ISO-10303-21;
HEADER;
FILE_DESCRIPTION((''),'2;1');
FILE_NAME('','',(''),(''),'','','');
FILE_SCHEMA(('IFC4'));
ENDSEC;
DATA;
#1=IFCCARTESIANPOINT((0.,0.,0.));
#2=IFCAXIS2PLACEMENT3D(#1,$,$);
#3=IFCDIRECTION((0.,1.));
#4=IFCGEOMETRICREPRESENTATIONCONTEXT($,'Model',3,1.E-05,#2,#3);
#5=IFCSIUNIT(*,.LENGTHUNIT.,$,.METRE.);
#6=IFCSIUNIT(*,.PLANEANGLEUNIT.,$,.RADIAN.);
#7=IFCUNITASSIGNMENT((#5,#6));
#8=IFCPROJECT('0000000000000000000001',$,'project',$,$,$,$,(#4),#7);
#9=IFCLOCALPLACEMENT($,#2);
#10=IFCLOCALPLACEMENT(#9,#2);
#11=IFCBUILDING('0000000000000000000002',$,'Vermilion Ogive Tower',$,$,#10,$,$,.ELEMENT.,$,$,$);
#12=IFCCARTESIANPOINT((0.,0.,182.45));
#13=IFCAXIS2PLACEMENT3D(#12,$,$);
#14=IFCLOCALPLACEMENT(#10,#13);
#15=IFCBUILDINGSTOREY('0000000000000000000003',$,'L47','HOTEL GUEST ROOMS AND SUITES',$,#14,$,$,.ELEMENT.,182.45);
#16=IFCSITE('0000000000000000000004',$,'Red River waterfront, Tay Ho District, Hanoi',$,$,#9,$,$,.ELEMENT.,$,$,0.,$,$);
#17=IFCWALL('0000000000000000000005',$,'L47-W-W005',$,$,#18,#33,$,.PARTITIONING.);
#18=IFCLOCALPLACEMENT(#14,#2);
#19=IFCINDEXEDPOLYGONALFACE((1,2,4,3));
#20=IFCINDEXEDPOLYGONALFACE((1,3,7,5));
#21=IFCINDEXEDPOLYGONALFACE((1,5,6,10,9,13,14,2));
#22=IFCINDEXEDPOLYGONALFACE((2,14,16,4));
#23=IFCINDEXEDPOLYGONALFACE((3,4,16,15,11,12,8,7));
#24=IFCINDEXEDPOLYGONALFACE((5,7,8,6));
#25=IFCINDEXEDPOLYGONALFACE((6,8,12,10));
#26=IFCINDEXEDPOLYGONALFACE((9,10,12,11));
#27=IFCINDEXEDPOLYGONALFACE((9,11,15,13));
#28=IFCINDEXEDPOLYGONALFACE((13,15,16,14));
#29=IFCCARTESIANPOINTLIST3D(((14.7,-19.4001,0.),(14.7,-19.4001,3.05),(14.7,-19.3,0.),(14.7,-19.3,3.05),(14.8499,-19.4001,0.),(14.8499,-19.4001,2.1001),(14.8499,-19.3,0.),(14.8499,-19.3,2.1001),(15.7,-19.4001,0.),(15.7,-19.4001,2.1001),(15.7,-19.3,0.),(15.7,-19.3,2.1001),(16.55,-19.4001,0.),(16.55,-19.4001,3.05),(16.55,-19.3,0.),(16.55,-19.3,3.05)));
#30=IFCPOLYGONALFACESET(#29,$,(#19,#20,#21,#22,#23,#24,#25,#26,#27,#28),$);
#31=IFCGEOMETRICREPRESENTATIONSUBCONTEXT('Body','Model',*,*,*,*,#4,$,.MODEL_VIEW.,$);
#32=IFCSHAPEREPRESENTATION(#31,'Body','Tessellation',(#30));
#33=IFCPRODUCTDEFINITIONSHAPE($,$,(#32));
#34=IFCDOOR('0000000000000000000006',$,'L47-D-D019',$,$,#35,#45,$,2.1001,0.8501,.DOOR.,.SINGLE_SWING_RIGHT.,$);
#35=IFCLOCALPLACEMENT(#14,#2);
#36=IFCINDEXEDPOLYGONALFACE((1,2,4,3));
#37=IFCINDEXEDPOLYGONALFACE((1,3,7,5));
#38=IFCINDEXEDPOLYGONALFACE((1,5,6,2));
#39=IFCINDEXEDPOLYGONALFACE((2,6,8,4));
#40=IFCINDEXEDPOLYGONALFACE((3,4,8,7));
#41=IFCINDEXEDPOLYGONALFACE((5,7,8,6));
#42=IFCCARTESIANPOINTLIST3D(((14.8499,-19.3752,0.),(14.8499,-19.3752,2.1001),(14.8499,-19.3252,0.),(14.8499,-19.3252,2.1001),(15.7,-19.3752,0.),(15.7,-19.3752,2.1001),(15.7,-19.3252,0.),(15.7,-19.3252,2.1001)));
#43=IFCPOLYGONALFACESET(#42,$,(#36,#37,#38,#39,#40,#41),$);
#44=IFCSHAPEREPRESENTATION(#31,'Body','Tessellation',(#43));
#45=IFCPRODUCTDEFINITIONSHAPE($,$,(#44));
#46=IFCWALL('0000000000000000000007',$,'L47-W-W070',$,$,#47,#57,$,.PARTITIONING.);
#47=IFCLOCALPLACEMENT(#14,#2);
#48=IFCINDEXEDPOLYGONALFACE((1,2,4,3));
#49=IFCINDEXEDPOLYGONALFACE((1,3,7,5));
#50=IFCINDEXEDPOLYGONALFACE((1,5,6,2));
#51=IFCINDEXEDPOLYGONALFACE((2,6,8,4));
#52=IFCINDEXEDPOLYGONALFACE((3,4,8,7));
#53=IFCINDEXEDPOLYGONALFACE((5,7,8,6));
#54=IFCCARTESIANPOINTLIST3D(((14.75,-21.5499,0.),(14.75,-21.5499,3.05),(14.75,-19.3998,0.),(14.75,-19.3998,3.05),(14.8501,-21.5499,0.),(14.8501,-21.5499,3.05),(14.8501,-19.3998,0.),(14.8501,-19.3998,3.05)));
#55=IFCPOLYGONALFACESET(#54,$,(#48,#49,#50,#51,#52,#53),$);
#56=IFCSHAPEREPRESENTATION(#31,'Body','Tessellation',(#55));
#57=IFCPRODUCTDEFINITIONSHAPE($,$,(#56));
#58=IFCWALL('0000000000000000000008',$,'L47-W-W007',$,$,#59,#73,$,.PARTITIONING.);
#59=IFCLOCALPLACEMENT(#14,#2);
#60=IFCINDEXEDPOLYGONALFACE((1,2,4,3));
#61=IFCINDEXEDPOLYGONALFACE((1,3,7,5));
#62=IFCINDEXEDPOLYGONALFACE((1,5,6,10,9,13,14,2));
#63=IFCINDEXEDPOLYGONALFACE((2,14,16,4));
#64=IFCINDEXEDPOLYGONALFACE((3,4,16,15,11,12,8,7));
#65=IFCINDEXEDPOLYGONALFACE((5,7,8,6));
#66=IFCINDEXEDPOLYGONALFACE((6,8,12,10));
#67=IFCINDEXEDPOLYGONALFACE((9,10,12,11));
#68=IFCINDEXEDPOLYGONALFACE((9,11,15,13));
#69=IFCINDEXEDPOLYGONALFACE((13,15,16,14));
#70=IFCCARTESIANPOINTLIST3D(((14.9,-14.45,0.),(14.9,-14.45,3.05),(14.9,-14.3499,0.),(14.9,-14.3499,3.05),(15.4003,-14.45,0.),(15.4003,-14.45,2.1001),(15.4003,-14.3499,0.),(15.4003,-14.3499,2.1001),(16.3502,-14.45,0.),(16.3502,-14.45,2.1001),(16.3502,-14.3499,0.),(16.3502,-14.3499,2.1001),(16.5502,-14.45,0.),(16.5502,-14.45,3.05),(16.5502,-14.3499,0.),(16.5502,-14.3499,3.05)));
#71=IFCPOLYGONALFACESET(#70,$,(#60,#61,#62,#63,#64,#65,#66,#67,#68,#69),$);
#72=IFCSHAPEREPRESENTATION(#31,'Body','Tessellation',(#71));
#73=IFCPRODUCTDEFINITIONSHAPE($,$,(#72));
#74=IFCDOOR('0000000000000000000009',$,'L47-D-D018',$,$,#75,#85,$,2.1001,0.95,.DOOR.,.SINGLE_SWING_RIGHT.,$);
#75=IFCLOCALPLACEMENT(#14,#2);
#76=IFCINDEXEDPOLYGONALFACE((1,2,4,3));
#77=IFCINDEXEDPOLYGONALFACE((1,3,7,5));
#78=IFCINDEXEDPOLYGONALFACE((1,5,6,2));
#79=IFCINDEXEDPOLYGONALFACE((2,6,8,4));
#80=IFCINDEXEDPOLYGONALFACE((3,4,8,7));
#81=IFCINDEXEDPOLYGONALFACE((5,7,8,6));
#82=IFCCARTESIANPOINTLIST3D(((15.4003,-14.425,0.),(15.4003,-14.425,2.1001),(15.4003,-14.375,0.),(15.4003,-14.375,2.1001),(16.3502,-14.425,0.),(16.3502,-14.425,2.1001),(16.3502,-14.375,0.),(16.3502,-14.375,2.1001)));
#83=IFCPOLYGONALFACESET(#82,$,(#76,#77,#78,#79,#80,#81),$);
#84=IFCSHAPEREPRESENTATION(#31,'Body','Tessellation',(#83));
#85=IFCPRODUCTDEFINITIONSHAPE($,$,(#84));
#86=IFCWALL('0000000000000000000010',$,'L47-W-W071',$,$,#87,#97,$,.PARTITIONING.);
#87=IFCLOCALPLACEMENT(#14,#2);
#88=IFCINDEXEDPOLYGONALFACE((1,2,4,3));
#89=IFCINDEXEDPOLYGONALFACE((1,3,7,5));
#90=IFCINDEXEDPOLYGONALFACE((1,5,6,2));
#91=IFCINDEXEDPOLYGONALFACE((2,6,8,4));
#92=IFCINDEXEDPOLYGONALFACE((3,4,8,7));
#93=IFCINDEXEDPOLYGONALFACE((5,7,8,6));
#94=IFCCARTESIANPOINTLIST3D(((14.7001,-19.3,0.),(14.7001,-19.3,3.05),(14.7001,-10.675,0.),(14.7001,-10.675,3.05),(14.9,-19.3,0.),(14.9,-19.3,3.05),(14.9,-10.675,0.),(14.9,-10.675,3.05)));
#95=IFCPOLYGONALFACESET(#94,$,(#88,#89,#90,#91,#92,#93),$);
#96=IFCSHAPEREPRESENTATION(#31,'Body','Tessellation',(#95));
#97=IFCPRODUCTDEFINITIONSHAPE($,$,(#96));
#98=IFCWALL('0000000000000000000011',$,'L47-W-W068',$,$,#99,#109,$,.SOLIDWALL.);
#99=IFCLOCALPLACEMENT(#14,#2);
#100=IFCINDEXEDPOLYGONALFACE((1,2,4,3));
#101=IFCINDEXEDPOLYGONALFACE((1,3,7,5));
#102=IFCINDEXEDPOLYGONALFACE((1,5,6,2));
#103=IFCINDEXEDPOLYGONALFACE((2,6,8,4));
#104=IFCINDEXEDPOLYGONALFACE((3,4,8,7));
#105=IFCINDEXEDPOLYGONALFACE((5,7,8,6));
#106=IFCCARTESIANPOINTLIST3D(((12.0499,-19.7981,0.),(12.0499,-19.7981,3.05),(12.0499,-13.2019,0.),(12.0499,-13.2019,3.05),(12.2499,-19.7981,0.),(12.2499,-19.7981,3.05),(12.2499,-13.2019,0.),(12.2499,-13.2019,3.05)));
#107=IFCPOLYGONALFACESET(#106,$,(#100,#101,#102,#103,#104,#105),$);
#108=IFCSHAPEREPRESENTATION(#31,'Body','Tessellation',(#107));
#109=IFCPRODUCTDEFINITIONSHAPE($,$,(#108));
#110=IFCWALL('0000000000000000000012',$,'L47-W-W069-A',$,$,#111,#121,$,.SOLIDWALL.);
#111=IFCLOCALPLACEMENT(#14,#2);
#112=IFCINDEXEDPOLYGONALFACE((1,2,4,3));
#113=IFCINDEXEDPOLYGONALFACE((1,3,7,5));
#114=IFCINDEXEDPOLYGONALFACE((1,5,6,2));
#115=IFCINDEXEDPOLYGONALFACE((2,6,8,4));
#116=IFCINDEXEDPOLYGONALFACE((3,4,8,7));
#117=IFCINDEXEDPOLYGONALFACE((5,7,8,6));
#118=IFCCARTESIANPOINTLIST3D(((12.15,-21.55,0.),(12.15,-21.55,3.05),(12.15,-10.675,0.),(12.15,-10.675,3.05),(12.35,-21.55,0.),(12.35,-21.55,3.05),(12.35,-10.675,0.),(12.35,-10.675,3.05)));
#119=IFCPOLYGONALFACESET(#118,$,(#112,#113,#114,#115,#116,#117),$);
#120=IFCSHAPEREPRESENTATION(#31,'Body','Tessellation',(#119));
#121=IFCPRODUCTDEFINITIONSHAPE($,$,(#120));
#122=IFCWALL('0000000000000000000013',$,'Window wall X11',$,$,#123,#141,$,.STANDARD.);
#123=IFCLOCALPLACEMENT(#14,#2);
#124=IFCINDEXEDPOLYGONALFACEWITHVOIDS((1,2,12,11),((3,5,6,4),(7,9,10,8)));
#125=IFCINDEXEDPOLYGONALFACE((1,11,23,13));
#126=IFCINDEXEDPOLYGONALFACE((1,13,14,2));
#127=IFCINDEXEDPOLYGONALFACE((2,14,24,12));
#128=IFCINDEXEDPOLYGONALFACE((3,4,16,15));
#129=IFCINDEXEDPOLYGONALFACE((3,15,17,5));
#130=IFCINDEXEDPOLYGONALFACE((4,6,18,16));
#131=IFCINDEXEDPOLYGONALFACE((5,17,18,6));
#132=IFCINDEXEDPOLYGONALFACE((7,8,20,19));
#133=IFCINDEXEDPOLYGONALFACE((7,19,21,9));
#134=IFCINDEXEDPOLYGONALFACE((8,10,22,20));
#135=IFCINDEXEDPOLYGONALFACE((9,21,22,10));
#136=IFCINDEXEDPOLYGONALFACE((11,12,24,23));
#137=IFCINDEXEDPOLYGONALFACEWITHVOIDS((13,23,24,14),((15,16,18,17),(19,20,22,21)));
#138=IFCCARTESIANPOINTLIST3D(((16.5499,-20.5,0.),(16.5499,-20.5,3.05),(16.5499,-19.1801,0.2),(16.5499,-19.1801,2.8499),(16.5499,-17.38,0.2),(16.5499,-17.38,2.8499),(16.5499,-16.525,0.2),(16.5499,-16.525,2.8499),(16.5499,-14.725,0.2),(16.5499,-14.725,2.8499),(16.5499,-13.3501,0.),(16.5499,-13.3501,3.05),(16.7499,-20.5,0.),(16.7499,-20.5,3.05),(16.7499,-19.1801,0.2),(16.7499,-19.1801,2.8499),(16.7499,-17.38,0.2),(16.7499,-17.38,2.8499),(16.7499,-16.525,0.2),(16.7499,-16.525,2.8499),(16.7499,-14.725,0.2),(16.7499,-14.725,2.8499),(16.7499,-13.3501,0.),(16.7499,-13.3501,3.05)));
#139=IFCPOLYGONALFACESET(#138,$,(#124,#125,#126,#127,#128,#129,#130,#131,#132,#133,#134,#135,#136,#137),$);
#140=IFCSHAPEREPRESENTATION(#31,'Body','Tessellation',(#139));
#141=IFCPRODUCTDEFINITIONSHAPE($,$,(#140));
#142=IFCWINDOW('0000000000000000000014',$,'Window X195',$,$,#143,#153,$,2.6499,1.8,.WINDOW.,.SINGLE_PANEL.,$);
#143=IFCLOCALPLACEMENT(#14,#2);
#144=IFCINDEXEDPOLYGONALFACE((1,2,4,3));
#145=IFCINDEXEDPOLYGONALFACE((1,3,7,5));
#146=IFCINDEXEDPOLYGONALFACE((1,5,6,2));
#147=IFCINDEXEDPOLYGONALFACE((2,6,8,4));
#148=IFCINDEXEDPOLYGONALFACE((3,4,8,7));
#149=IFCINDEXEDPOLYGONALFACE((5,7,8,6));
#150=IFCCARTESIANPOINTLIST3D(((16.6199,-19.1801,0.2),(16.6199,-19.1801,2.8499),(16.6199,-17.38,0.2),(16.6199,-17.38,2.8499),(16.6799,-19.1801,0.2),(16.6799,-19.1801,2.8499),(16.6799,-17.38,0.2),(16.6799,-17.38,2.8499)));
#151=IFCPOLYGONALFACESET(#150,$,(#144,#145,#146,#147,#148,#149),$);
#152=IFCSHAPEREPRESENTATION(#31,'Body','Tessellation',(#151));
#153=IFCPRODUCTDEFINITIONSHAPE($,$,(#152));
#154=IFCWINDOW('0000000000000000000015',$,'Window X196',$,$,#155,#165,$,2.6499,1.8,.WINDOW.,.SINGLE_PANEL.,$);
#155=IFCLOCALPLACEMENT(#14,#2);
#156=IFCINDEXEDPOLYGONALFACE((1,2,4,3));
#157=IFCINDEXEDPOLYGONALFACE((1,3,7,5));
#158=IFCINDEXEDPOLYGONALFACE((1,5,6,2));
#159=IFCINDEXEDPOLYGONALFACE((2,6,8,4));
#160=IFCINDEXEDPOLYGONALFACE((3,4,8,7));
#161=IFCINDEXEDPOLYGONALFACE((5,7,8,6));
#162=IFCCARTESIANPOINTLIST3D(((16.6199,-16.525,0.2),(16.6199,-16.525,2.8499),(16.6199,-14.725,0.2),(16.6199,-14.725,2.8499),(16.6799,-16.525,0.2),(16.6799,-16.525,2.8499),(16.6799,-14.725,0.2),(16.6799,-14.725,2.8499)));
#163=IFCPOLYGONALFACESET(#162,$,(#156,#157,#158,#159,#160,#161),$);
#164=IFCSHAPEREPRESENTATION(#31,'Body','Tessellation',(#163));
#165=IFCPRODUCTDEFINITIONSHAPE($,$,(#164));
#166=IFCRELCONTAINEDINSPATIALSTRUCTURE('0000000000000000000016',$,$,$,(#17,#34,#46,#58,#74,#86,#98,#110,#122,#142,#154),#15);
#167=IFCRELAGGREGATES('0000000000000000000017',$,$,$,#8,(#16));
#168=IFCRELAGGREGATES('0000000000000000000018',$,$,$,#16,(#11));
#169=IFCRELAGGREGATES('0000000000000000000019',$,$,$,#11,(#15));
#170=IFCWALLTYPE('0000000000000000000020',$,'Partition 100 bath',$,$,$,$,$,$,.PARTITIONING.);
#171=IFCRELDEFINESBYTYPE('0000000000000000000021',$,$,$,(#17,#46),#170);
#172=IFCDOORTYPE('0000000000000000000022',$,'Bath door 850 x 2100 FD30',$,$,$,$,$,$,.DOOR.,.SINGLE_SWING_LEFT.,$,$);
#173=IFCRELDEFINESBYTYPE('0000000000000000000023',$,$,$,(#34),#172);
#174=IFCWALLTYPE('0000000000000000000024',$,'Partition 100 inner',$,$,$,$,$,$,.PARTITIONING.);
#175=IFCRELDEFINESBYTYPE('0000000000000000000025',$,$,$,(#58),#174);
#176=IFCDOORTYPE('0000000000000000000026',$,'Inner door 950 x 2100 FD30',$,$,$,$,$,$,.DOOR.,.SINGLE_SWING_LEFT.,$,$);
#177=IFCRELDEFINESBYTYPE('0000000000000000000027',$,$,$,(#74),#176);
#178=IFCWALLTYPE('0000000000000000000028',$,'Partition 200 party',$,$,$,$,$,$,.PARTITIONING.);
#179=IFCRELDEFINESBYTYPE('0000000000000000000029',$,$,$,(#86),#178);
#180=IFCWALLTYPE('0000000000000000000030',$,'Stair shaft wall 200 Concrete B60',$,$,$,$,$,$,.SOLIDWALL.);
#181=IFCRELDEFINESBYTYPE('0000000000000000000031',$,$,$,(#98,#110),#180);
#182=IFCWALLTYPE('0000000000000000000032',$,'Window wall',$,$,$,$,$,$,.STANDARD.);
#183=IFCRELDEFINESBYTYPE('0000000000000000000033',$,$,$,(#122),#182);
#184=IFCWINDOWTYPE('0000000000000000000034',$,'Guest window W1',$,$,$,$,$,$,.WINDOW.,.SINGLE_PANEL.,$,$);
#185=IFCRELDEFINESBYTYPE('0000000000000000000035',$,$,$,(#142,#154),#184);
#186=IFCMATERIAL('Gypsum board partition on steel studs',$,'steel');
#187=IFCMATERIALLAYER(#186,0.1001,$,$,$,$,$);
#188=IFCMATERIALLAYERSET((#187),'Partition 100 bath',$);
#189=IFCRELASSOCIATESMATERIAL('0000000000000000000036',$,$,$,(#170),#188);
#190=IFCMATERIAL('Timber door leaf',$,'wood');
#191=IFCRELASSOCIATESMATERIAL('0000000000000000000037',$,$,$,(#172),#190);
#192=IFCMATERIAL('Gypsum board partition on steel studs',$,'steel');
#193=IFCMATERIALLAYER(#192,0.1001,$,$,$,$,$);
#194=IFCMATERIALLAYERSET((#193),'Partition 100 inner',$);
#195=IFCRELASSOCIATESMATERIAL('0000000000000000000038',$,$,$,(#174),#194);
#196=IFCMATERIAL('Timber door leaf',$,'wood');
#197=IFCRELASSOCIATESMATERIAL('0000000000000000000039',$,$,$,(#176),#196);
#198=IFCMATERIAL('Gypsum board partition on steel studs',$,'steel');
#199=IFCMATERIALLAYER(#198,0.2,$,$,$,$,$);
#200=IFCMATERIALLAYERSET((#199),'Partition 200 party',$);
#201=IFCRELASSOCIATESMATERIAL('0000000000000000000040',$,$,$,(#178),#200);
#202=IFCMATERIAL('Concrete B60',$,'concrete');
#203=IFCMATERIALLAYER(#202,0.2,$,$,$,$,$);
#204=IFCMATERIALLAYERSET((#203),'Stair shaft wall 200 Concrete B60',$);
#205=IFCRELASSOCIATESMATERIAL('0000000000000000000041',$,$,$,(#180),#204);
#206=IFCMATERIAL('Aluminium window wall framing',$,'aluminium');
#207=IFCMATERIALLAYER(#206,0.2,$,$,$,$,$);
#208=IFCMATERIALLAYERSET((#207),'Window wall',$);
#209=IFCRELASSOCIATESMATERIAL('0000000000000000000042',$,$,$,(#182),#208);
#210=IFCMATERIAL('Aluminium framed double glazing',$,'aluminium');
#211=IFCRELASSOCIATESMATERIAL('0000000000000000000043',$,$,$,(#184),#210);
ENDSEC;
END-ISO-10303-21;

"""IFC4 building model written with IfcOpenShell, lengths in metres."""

from ifc_helpers import new_model, si_unit, direction, frame, frame_2d, origin, place, context, subcontext, project, spatial, rectangle, extrude, material, layer, layer_set, type_object, element, fill, save


model = new_model("IFC4")

# Units and contexts
model_context = context("Model", 3, precision=1e-05, world=origin(), true_north=direction((0.0, 1.0)))
body_context = subcontext(model_context, "Body", "Model", "MODEL_VIEW")
ifc_project = project(units=[si_unit("LENGTHUNIT", "METRE"), si_unit("PLANEANGLEUNIT", "RADIAN")], contexts=[model_context])

# Site, building, storey
site_placement = place(None, origin())
site = spatial("IfcSite", under=ifc_project, at=site_placement, Name="Red River waterfront, Tay Ho District, Hanoi", CompositionType="ELEMENT", RefElevation=0.0)
building_placement = place(site_placement, origin())
building = spatial("IfcBuilding", under=site, at=building_placement, Name="Vermilion Ogive Tower", CompositionType="ELEMENT")
storey_placement = place(building_placement, frame((0.0, 0.0, 182.45)))
storey = spatial("IfcBuildingStorey", under=building, at=storey_placement, Name="L47", Description="HOTEL GUEST ROOMS AND SUITES", CompositionType="ELEMENT", Elevation=182.45)

# Wall, opening, door
ifc_material_1 = material(Name="Gypsum board partition on steel studs", Category="steel")
ifc_layer_1 = layer(ifc_material_1, 0.1001)
ifc_layer_set_1 = layer_set([ifc_layer_1], Name="Partition 100 bath")
wall_type_1 = type_object("IfcWallType", Name="Partition 100 bath", PredefinedType="PARTITIONING", material=ifc_layer_set_1)
wall_1_placement = place(storey_placement, frame((14.7, -19.3501, 0.0), z_axis=(0.0, 0.0, 1.0), x_axis=(1.0, 0.0, 0.0)))
wall_1 = element("IfcWall", 1, at=wall_1_placement, inside=storey, type_object=wall_type_1, Name="L47-W-W005", PredefinedType="PARTITIONING", context=body_context, shape_type="SweptSolid", body=[
    extrude(rectangle(XDim=1.8501, YDim=0.1001, at=frame_2d((0.925, 0.0))), origin(), (0.0, 0.0, 1.0), 3.05),
])
opening_1_placement = place(wall_1_placement, frame((0.1499, 0.0, 0.0)))
opening_1 = element("IfcOpeningElement", 2, at=opening_1_placement, cuts=wall_1, PredefinedType="OPENING", context=body_context, shape_type="SweptSolid", body=[
    extrude(rectangle(XDim=0.8501, YDim=2.1001, at=frame_2d((0.425, 1.05))), frame((0.0, 0.0601, 0.0), z_axis=(0.0, -1.0, 0.0), x_axis=(1.0, 0.0, 0.0)), (0.0, 0.0, 1.0), 0.1201),
])
ifc_material_2 = material(Name="Timber door leaf", Category="wood")
door_type_1 = type_object("IfcDoorType", Name="Bath door 850 x 2100 FD30", OperationType="SINGLE_SWING_LEFT", PredefinedType="DOOR", material=ifc_material_2)
door_1_placement = place(opening_1_placement, origin())
door_1 = element("IfcDoor", 3, at=door_1_placement, inside=storey, type_object=door_type_1, Name="L47-D-D019", OperationType="SINGLE_SWING_RIGHT", OverallHeight=2.1001, OverallWidth=0.8501, PredefinedType="DOOR", context=body_context, shape_type="SweptSolid", body=[
    extrude(rectangle(XDim=0.8501, YDim=2.1001, at=frame_2d((0.425, 1.05))), frame((0.0, 0.0249, 0.0), z_axis=(0.0, -1.0, 0.0), x_axis=(1.0, 0.0, 0.0)), (0.0, 0.0, 1.0), 0.05),
])
fill(opening_1, door_1)

# Wall
wall_2_placement = place(storey_placement, frame((14.8, -21.55, 0.0), z_axis=(0.0, 0.0, 1.0), x_axis=(0.0, 1.0, 0.0)))
element("IfcWall", 4, at=wall_2_placement, inside=storey, type_object=wall_type_1, Name="L47-W-W070", PredefinedType="PARTITIONING", context=body_context, shape_type="SweptSolid", body=[
    extrude(rectangle(XDim=2.1501, YDim=0.1001, at=frame_2d((1.0752, 0.0))), origin(), (0.0, 0.0, 1.0), 3.05),
])

# Wall, opening, door
ifc_material_3 = material(Name="Gypsum board partition on steel studs", Category="steel")
ifc_layer_2 = layer(ifc_material_3, 0.1001)
ifc_layer_set_2 = layer_set([ifc_layer_2], Name="Partition 100 inner")
wall_type_2 = type_object("IfcWallType", Name="Partition 100 inner", PredefinedType="PARTITIONING", material=ifc_layer_set_2)
wall_3_placement = place(storey_placement, frame((14.8999, -14.3999, 0.0), z_axis=(0.0, 0.0, 1.0), x_axis=(1.0, 0.0, 0.0)))
wall_3 = element("IfcWall", 5, at=wall_3_placement, inside=storey, type_object=wall_type_2, Name="L47-W-W007", PredefinedType="PARTITIONING", context=body_context, shape_type="SweptSolid", body=[
    extrude(rectangle(XDim=1.6501, YDim=0.1001, at=frame_2d((0.8252, 0.0))), origin(), (0.0, 0.0, 1.0), 3.05),
])
opening_2_placement = place(wall_3_placement, frame((0.5002, 0.0, 0.0)))
opening_2 = element("IfcOpeningElement", 6, at=opening_2_placement, cuts=wall_3, PredefinedType="OPENING", context=body_context, shape_type="SweptSolid", body=[
    extrude(rectangle(XDim=0.95, YDim=2.1001, at=frame_2d((0.4751, 1.05))), frame((0.0, 0.0601, 0.0), z_axis=(0.0, -1.0, 0.0), x_axis=(1.0, 0.0, 0.0)), (0.0, 0.0, 1.0), 0.1201),
])
ifc_material_4 = material(Name="Timber door leaf", Category="wood")
door_type_2 = type_object("IfcDoorType", Name="Inner door 950 x 2100 FD30", OperationType="SINGLE_SWING_LEFT", PredefinedType="DOOR", material=ifc_material_4)
door_2_placement = place(opening_2_placement, origin())
door_2 = element("IfcDoor", 7, at=door_2_placement, inside=storey, type_object=door_type_2, Name="L47-D-D018", OperationType="SINGLE_SWING_RIGHT", OverallHeight=2.1001, OverallWidth=0.95, PredefinedType="DOOR", context=body_context, shape_type="SweptSolid", body=[
    extrude(rectangle(XDim=0.95, YDim=2.1001, at=frame_2d((0.4751, 1.05))), frame((0.0, 0.0249, 0.0), z_axis=(0.0, -1.0, 0.0), x_axis=(1.0, 0.0, 0.0)), (0.0, 0.0, 1.0), 0.05),
])
fill(opening_2, door_2)

# Walls
ifc_material_5 = material(Name="Gypsum board partition on steel studs", Category="steel")
ifc_layer_3 = layer(ifc_material_5, 0.2)
ifc_layer_set_3 = layer_set([ifc_layer_3], Name="Partition 200 party")
wall_type_3 = type_object("IfcWallType", Name="Partition 200 party", PredefinedType="PARTITIONING", material=ifc_layer_set_3)
wall_4_placement = place(storey_placement, frame((14.8, -19.3, 0.0), z_axis=(0.0, 0.0, 1.0), x_axis=(0.0, 1.0, 0.0)))
element("IfcWall", 8, at=wall_4_placement, inside=storey, type_object=wall_type_3, Name="L47-W-W071", PredefinedType="PARTITIONING", context=body_context, shape_type="SweptSolid", body=[
    extrude(rectangle(XDim=8.625, YDim=0.2, at=frame_2d((4.3125, 0.0))), origin(), (0.0, 0.0, 1.0), 3.05),
])
ifc_material_6 = material(Name="Concrete B60", Category="concrete")
ifc_layer_4 = layer(ifc_material_6, 0.2)
ifc_layer_set_4 = layer_set([ifc_layer_4], Name="Stair shaft wall 200 Concrete B60")
wall_type_4 = type_object("IfcWallType", Name="Stair shaft wall 200 Concrete B60", PredefinedType="SOLIDWALL", material=ifc_layer_set_4)
wall_5_placement = place(storey_placement, frame((12.1499, -19.7981, 0.0), z_axis=(0.0, 0.0, 1.0), x_axis=(0.0, 1.0, 0.0)))
element("IfcWall", 9, at=wall_5_placement, inside=storey, type_object=wall_type_4, Name="L47-W-W068", PredefinedType="SOLIDWALL", context=body_context, shape_type="SweptSolid", body=[
    extrude(rectangle(XDim=6.5962, YDim=0.2, at=frame_2d((3.2981, 0.0))), origin(), (0.0, 0.0, 1.0), 3.05),
])
wall_6_placement = place(storey_placement, frame((12.25, -21.55, 0.0), z_axis=(0.0, 0.0, 1.0), x_axis=(0.0, 1.0, 0.0)))
element("IfcWall", 10, at=wall_6_placement, inside=storey, type_object=wall_type_4, Name="L47-W-W069-A", PredefinedType="SOLIDWALL", context=body_context, shape_type="SweptSolid", body=[
    extrude(rectangle(XDim=10.875, YDim=0.2, at=frame_2d((5.4375, 0.0))), origin(), (0.0, 0.0, 1.0), 3.05),
])

# Wall, openings, windows
ifc_material_7 = material(Name="Aluminium window wall framing", Category="aluminium")
ifc_layer_5 = layer(ifc_material_7, 0.2)
ifc_layer_set_5 = layer_set([ifc_layer_5], Name="Window wall")
wall_type_5 = type_object("IfcWallType", Name="Window wall", PredefinedType="STANDARD", material=ifc_layer_set_5)
wall_7_placement = place(storey_placement, frame((16.6499, -20.5, 0.0), z_axis=(0.0, 0.0, 1.0), x_axis=(0.0, 1.0, 0.0)))
wall_7 = element("IfcWall", 11, at=wall_7_placement, inside=storey, type_object=wall_type_5, Name="Window wall X11", PredefinedType="STANDARD", context=body_context, shape_type="SweptSolid", body=[
    extrude(rectangle(XDim=7.1499, YDim=0.2, at=frame_2d((3.575, 0.0))), origin(), (0.0, 0.0, 1.0), 3.05),
])
opening_3_placement = place(wall_7_placement, frame((1.3201, 0.0, 0.2)))
opening_3 = element("IfcOpeningElement", 12, at=opening_3_placement, cuts=wall_7, PredefinedType="OPENING", context=body_context, shape_type="SweptSolid", body=[
    extrude(rectangle(XDim=1.8, YDim=2.6499, at=frame_2d((0.8999, 1.325))), frame((0.0, 0.1099, 0.0), z_axis=(0.0, -1.0, 0.0), x_axis=(1.0, 0.0, 0.0)), (0.0, 0.0, 1.0), 0.22),
])
opening_4_placement = place(wall_7_placement, frame((3.9751, 0.0, 0.2)))
opening_4 = element("IfcOpeningElement", 13, at=opening_4_placement, cuts=wall_7, PredefinedType="OPENING", context=body_context, shape_type="SweptSolid", body=[
    extrude(rectangle(XDim=1.8, YDim=2.6499, at=frame_2d((0.8999, 1.325))), frame((0.0, 0.1099, 0.0), z_axis=(0.0, -1.0, 0.0), x_axis=(1.0, 0.0, 0.0)), (0.0, 0.0, 1.0), 0.22),
])
ifc_material_8 = material(Name="Aluminium framed double glazing", Category="aluminium")
window_type = type_object("IfcWindowType", Name="Guest window W1", PartitioningType="SINGLE_PANEL", PredefinedType="WINDOW", material=ifc_material_8)
window_1_placement = place(opening_3_placement, origin())
window_1 = element("IfcWindow", 14, at=window_1_placement, inside=storey, type_object=window_type, Name="Window X195", OverallHeight=2.6499, OverallWidth=1.8, PartitioningType="SINGLE_PANEL", PredefinedType="WINDOW", context=body_context, shape_type="SweptSolid", body=[
    extrude(rectangle(XDim=1.8, YDim=2.6499, at=frame_2d((0.8999, 1.325))), frame((0.0, 0.03, 0.0), z_axis=(0.0, -1.0, 0.0), x_axis=(1.0, 0.0, 0.0)), (0.0, 0.0, 1.0), 0.0601),
])
fill(opening_3, window_1)
window_2_placement = place(opening_4_placement, origin())
window_2 = element("IfcWindow", 15, at=window_2_placement, inside=storey, type_object=window_type, Name="Window X196", OverallHeight=2.6499, OverallWidth=1.8, PartitioningType="SINGLE_PANEL", PredefinedType="WINDOW", context=body_context, shape_type="SweptSolid", body=[
    extrude(rectangle(XDim=1.8, YDim=2.6499, at=frame_2d((0.8999, 1.325))), frame((0.0, 0.03, 0.0), z_axis=(0.0, -1.0, 0.0), x_axis=(1.0, 0.0, 0.0)), (0.0, 0.0, 1.0), 0.0601),
])
fill(opening_4, window_2)

save(model, "model.ifc")
